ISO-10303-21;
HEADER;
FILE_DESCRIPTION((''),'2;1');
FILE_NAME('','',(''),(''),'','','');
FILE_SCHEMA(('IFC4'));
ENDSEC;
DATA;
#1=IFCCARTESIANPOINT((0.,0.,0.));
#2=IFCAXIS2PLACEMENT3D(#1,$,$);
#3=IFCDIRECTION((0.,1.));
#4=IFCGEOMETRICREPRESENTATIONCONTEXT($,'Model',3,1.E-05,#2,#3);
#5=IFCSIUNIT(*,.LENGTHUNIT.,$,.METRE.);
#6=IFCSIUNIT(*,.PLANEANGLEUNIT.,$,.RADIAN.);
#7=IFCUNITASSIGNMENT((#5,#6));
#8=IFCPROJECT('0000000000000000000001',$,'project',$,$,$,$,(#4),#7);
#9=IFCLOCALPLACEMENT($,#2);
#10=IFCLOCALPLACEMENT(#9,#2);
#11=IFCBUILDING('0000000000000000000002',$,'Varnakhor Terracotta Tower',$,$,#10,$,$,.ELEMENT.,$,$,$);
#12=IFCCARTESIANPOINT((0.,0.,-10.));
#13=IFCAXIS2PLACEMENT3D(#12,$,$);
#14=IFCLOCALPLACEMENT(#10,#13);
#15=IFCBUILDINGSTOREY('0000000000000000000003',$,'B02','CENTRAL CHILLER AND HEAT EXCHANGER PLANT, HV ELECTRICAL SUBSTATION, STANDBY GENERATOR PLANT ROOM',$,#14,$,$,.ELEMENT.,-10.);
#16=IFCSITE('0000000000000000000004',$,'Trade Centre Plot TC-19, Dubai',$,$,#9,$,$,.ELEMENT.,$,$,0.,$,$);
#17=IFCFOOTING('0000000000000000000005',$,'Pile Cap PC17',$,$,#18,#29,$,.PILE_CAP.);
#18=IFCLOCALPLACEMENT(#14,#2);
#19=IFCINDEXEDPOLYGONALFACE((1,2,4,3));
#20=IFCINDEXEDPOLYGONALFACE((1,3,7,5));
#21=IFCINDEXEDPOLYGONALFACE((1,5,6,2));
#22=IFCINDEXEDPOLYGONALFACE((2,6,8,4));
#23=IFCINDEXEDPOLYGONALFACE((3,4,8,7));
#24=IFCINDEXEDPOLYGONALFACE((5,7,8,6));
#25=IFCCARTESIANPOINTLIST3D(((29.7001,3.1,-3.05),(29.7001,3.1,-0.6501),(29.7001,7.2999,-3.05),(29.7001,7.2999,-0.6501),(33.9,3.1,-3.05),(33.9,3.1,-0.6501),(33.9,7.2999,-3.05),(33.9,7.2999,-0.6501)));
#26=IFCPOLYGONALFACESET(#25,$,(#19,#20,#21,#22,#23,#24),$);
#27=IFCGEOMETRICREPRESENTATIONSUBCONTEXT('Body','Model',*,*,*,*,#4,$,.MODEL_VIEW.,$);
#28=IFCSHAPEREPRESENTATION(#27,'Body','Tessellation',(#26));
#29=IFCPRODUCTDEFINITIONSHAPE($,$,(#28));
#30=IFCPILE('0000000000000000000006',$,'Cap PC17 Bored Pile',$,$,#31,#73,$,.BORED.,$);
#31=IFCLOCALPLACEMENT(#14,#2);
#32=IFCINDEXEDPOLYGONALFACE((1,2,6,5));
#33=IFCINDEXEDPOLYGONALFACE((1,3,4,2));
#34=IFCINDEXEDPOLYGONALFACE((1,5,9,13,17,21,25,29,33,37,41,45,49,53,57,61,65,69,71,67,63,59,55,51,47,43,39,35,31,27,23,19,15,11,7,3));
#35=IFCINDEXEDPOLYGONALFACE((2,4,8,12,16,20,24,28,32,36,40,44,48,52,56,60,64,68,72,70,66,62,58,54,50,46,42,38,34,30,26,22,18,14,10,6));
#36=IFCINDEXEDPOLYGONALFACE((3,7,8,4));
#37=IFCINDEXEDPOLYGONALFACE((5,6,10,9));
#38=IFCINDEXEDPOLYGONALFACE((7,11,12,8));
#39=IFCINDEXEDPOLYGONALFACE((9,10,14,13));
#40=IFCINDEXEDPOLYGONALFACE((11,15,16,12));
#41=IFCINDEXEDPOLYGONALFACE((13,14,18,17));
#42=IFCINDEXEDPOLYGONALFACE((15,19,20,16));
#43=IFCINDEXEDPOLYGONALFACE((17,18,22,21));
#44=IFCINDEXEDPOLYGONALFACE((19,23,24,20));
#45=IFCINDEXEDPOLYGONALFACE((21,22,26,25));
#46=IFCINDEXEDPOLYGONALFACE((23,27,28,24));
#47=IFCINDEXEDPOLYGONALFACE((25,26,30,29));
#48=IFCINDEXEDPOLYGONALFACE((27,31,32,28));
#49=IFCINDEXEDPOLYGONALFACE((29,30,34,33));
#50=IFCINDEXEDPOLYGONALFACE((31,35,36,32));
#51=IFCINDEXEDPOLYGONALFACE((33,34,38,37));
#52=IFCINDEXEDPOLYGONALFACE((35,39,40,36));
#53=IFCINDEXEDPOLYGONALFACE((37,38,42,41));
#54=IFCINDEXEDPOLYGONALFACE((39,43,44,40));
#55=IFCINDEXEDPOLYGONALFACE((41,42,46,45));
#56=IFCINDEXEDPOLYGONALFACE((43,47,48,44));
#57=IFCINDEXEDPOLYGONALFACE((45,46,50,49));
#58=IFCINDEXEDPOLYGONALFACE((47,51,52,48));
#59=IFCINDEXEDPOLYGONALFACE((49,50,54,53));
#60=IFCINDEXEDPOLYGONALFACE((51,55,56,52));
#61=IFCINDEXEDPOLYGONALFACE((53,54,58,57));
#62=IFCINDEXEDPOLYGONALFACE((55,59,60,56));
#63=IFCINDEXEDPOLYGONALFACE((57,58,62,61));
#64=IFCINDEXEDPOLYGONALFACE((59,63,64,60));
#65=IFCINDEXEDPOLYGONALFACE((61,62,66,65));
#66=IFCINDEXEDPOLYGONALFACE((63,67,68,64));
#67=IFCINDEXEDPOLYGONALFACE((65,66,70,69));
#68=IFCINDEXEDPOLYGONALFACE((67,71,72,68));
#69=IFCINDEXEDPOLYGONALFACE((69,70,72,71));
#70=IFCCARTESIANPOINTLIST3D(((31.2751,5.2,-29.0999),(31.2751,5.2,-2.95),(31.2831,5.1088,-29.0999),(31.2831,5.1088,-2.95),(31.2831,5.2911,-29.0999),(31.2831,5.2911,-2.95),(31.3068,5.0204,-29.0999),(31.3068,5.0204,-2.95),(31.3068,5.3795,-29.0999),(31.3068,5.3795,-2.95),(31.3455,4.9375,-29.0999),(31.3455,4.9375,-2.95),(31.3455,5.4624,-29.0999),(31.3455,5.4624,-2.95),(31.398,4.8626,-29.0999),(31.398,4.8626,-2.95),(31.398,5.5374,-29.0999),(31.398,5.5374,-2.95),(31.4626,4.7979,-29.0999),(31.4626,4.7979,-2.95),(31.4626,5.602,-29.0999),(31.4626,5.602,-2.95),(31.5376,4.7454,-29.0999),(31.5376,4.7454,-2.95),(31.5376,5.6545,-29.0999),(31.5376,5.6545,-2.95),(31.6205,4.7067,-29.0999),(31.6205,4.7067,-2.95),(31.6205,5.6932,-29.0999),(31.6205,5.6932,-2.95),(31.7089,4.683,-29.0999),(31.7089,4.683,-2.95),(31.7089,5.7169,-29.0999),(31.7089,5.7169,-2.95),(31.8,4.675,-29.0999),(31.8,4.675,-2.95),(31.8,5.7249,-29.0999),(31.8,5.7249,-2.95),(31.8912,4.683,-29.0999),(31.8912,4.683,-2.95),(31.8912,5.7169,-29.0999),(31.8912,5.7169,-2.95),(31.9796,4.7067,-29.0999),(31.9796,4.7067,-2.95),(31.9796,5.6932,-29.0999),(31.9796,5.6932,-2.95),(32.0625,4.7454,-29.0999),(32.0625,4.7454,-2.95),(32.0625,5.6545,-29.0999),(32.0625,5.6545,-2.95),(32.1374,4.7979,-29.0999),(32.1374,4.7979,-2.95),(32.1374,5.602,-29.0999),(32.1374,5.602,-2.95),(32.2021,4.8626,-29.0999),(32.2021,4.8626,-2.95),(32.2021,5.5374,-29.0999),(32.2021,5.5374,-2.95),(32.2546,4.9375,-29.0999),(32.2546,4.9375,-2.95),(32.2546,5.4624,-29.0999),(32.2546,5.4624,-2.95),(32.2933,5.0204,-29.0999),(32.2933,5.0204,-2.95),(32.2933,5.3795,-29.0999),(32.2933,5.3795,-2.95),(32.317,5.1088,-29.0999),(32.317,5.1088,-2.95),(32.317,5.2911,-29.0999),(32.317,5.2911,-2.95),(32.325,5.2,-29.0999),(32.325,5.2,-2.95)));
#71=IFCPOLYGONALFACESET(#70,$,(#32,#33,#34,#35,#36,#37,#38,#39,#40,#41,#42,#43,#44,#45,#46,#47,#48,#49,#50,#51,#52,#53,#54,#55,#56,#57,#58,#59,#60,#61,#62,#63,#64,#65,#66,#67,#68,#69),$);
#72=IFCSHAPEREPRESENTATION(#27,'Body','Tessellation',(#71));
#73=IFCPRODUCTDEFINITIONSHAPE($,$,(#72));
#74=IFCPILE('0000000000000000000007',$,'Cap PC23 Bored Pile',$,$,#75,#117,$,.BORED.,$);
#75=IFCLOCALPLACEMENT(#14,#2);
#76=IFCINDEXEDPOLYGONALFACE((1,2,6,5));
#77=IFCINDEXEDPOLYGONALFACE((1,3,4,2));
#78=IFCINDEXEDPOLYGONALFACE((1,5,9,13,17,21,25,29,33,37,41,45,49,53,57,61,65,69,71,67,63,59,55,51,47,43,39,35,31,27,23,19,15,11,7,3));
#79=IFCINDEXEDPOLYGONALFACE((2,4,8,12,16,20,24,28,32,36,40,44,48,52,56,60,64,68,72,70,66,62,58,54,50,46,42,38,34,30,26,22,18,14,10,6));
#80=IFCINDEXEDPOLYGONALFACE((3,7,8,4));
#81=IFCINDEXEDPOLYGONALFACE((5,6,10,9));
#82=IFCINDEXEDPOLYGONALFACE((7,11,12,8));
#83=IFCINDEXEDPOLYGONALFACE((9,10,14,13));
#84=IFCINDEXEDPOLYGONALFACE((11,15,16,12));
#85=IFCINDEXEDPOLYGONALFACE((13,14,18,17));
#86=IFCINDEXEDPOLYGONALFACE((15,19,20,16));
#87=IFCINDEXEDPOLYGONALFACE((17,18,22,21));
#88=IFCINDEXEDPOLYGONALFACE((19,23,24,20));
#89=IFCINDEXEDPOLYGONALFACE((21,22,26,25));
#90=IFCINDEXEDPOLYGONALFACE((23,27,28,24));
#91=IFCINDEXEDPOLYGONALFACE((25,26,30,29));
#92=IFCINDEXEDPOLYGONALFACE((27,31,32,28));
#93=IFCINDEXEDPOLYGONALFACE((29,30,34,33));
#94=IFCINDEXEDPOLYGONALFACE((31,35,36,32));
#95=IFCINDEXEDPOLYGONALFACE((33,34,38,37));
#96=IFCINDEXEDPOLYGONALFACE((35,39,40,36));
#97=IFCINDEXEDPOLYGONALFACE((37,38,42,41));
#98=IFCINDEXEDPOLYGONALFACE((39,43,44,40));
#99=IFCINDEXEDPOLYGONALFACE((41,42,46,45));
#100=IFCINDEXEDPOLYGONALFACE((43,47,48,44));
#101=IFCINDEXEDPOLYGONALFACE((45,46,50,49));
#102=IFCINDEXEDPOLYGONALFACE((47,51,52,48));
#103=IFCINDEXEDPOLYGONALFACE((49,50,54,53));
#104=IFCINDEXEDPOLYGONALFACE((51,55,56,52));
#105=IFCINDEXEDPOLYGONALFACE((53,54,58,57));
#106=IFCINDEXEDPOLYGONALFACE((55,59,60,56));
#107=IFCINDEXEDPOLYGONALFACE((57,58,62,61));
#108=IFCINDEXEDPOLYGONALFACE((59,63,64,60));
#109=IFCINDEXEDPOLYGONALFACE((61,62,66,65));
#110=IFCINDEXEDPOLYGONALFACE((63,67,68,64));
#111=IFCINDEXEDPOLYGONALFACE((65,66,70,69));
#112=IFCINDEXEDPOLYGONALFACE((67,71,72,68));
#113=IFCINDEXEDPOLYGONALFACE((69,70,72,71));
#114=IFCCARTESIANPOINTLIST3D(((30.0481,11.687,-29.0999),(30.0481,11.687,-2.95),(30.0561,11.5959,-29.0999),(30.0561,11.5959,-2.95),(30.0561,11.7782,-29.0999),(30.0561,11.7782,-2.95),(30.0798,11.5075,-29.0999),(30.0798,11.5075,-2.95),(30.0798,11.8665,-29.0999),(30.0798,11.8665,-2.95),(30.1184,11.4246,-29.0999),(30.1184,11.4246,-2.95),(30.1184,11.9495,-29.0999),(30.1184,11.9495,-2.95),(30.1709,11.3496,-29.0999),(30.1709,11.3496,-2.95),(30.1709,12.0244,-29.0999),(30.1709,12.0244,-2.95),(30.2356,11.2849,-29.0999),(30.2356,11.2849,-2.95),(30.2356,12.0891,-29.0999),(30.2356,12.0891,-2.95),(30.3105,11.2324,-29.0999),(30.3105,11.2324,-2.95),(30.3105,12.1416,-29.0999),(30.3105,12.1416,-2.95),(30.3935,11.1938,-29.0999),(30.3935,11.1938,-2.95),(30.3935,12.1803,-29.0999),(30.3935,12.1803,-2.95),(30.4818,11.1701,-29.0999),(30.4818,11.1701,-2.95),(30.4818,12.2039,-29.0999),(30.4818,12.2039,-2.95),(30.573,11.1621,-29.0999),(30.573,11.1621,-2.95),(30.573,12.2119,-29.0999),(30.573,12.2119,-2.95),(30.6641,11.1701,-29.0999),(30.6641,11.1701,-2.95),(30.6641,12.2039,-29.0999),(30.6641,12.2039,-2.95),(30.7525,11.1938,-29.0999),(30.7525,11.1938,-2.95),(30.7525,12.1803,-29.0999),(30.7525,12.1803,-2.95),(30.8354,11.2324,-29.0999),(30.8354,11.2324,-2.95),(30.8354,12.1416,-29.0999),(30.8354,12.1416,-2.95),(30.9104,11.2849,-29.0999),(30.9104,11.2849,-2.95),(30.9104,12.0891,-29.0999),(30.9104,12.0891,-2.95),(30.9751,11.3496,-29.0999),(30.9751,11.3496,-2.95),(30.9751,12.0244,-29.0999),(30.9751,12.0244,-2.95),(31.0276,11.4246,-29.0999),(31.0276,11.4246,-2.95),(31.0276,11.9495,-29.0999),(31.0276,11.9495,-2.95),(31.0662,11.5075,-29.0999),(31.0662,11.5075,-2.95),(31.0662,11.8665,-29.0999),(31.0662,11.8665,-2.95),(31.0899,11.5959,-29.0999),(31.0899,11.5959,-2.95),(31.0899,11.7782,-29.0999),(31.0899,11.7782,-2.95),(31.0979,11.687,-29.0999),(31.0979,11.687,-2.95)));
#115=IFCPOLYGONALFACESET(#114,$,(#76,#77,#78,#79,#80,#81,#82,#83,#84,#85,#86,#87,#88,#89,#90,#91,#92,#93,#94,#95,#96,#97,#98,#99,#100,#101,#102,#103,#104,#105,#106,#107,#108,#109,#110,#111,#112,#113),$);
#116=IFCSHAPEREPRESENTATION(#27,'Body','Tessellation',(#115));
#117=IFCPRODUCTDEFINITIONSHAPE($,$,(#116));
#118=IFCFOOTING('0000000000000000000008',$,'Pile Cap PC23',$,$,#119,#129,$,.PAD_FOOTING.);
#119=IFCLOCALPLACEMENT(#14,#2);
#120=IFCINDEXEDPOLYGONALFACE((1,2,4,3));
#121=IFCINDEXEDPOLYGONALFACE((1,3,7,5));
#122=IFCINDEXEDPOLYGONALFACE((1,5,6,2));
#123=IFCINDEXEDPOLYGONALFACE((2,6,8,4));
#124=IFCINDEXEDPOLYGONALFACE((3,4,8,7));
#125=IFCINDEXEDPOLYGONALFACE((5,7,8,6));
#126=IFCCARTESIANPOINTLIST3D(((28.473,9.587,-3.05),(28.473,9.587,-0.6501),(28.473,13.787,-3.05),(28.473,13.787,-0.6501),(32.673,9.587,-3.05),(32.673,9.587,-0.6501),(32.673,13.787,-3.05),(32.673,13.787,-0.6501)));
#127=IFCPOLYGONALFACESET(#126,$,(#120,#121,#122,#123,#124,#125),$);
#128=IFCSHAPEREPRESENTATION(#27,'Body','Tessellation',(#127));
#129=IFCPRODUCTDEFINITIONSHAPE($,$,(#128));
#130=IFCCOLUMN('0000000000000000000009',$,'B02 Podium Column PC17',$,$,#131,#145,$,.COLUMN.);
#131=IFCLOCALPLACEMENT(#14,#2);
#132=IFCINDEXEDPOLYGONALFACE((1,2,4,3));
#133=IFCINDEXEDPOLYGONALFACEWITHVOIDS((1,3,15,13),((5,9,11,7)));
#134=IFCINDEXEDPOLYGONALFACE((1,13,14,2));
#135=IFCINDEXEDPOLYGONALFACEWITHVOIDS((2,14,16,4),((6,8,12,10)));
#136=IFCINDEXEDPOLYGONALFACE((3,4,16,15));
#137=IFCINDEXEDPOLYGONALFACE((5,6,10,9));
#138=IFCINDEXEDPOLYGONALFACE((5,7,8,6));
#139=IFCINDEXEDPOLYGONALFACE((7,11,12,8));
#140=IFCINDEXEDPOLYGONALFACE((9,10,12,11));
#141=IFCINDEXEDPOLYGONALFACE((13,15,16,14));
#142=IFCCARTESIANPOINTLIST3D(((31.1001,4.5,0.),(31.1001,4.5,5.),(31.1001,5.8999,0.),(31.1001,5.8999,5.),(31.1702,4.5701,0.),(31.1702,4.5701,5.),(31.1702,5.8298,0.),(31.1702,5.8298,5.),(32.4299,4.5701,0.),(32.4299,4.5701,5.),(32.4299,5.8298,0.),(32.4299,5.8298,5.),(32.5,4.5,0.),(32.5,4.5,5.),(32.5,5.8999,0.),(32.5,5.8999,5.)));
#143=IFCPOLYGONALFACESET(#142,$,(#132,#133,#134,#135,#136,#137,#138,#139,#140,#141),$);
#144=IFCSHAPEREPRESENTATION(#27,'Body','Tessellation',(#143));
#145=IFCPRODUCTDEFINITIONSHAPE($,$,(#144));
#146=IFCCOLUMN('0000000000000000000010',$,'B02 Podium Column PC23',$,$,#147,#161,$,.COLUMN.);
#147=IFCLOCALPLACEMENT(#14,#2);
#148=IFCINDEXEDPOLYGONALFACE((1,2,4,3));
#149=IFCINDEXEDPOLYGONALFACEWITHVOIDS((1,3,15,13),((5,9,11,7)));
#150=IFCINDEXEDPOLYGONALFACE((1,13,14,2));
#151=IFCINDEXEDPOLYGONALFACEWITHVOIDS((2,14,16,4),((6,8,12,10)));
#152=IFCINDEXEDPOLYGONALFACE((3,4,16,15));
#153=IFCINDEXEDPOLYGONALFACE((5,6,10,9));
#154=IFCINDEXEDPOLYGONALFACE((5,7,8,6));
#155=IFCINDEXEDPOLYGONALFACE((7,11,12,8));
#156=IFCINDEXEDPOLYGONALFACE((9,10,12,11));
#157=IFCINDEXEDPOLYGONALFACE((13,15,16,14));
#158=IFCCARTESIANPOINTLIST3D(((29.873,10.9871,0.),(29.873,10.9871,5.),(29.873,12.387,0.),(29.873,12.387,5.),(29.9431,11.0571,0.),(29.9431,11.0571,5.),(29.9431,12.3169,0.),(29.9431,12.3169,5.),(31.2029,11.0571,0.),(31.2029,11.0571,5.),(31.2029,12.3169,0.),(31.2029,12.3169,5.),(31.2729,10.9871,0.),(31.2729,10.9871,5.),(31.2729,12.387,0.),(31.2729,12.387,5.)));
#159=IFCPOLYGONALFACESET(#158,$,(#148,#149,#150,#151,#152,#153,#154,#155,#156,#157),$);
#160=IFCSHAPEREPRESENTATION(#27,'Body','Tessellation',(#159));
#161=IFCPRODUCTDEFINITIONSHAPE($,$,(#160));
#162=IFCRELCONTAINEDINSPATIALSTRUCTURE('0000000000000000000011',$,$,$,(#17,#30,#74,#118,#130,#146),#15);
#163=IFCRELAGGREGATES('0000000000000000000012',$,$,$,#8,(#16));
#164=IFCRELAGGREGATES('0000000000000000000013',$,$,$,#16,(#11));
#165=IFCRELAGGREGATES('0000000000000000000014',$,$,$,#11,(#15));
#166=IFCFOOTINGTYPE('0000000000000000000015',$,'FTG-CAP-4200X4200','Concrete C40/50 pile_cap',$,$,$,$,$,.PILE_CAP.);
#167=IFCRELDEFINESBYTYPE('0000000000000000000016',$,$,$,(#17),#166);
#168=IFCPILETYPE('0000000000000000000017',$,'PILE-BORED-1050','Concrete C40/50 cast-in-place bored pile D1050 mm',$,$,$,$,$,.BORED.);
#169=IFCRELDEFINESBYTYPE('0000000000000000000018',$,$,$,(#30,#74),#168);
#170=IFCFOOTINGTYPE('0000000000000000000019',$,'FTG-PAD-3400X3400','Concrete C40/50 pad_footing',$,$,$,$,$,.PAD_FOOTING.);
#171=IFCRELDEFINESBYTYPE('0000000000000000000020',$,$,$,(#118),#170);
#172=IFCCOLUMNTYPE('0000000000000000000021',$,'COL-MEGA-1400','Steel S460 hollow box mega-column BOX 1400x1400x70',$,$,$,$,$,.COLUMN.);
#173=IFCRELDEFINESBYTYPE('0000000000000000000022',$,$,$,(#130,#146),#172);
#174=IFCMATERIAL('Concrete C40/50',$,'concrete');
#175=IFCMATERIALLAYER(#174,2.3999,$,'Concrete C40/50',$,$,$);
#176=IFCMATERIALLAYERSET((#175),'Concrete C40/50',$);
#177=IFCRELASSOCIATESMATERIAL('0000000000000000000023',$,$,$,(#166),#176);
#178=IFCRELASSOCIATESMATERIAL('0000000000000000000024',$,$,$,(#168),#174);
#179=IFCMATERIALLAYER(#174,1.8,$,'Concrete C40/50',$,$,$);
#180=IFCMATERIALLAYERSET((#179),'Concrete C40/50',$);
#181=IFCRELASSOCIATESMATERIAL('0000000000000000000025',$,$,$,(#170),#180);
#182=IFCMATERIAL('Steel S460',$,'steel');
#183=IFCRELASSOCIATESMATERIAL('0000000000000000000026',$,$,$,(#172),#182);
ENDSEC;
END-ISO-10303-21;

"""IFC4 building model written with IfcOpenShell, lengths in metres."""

from ifc_helpers import new_model, si_unit, direction, frame, origin, origin_2d, place, context, subcontext, project, spatial, rectangle, hollow_rectangle, circle, extrude, source, transform, mapped, material, layer, layer_set, material_profile, profile_set, type_object, type_shapes, element, save


model = new_model("IFC4")

# Units and contexts
model_context = context("Model", 3, precision=1e-05, world=origin(), true_north=direction((0.0, 1.0)))
body_context = subcontext(model_context, "Body", "Model", "MODEL_VIEW")
ifc_project = project(units=[si_unit("LENGTHUNIT", "METRE"), si_unit("PLANEANGLEUNIT", "RADIAN")], contexts=[model_context])

# Site, building, storey
site_placement = place(None, origin())
site = spatial("IfcSite", under=ifc_project, at=site_placement, Name="Trade Centre Plot TC-19, Dubai", CompositionType="ELEMENT", RefElevation=0.0)
building_placement = place(site_placement, origin())
building = spatial("IfcBuilding", under=site, at=building_placement, Name="Varnakhor Terracotta Tower", CompositionType="ELEMENT")
storey_placement = place(building_placement, frame((0.0, 0.0, -10.0)))
storey = spatial("IfcBuildingStorey", under=building, at=storey_placement, Name="B02", Description="CENTRAL CHILLER AND HEAT EXCHANGER PLANT, HV ELECTRICAL SUBSTATION, STANDBY GENERATOR PLANT ROOM", CompositionType="ELEMENT", Elevation=-10.0)

# Footing
ifc_material_1 = material(Name="Concrete C40/50", Category="concrete")
ifc_layer_1 = layer(ifc_material_1, 2.3999, Name="Concrete C40/50")
ifc_layer_set_1 = layer_set([ifc_layer_1], Name="Concrete C40/50")
footing_type_1 = type_object("IfcFootingType", Name="FTG-CAP-4200X4200", Description="Concrete C40/50 pile_cap", PredefinedType="PILE_CAP", material=ifc_layer_set_1)
shared_shape_1 = source(origin(), body_context, "Body", "SweptSolid", [
    extrude(rectangle(XDim=4.2, YDim=4.2, at=origin_2d()), origin(), (0.0, 0.0, 1.0), 2.3999),
])
type_shapes(footing_type_1, [shared_shape_1])
footing_1_placement = place(storey_placement, frame((31.8, 5.2, -3.05), z_axis=(0.0, 0.0, 1.0), x_axis=(1.0, 0.0, 0.0)))
element("IfcFooting", 1, at=footing_1_placement, inside=storey, type_object=footing_type_1, Name="Pile Cap PC17", PredefinedType="PILE_CAP", context=body_context, shape_type="MappedRepresentation", body=[
    mapped(shared_shape_1, transform((0.0, 0.0, 0.0), scale=1.0)),
])

# Piles
ifc_material_profile_1 = material_profile(ifc_material_1, circle(Radius=0.5249, at=origin_2d()), Name="BORED PILE D1050")
ifc_profile_set_1 = profile_set([ifc_material_profile_1], Name="Concrete C40/50")
pile_type = type_object("IfcPileType", Name="PILE-BORED-1050", Description="Concrete C40/50 cast-in-place bored pile D1050 mm", PredefinedType="BORED", material=ifc_profile_set_1)
shared_shape_2 = source(origin(), body_context, "Body", "SweptSolid", [
    extrude(circle(Radius=0.5249, at=origin_2d()), origin(), (0.0, 0.0, 1.0), 26.1499),
])
type_shapes(pile_type, [shared_shape_2])
for number, where, z_axis, x_axis, name in (
    (2, (31.8, 5.2, -2.95), (0.0, 0.0, -1.0), (1.0, 0.0, 0.0), "Cap PC17 Bored Pile"),
    (3, (30.573, 11.687, -2.95), (0.0, 0.0, -1.0), (1.0, 0.0, 0.0), "Cap PC23 Bored Pile"),
):
    element("IfcPile", number, at=place(storey_placement, frame(where, z_axis=z_axis, x_axis=x_axis)), inside=storey, type_object=pile_type, Name=name, PredefinedType="BORED", context=body_context, shape_type="MappedRepresentation", body=[
        mapped(shared_shape_2, transform((0.0, 0.0, 0.0), scale=1.0)),
    ])

# Footing
ifc_layer_2 = layer(ifc_material_1, 1.8, Name="Concrete C40/50")
ifc_layer_set_2 = layer_set([ifc_layer_2], Name="Concrete C40/50")
footing_type_2 = type_object("IfcFootingType", Name="FTG-PAD-3400X3400", Description="Concrete C40/50 pad_footing", PredefinedType="PAD_FOOTING", material=ifc_layer_set_2)
shared_shape_3 = source(origin(), body_context, "Body", "SweptSolid", [
    extrude(rectangle(XDim=4.2, YDim=4.2, at=origin_2d()), origin(), (0.0, 0.0, 1.0), 2.3999),
])
type_shapes(footing_type_2, [shared_shape_3])
footing_2_placement = place(storey_placement, frame((30.573, 11.687, -3.05), z_axis=(0.0, 0.0, 1.0), x_axis=(1.0, 0.0, 0.0)))
element("IfcFooting", 4, at=footing_2_placement, inside=storey, type_object=footing_type_2, Name="Pile Cap PC23", PredefinedType="PAD_FOOTING", context=body_context, shape_type="MappedRepresentation", body=[
    mapped(shared_shape_3, transform((0.0, 0.0, 0.0), scale=1.0)),
])

# Columns
ifc_material_2 = material(Name="Steel S460", Category="steel")
ifc_material_profile_2 = material_profile(ifc_material_2, hollow_rectangle(XDim=1.3999, YDim=1.3999, WallThickness=0.0701, at=origin_2d()), Name="BOX 1400x1400x70")
ifc_profile_set_2 = profile_set([ifc_material_profile_2], Name="Steel S460")
column_type = type_object("IfcColumnType", Name="COL-MEGA-1400", Description="Steel S460 hollow box mega-column BOX 1400x1400x70", PredefinedType="COLUMN", material=ifc_profile_set_2)
shared_shape_4 = source(origin(), body_context, "Body", "SweptSolid", [
    extrude(hollow_rectangle(XDim=1.3999, YDim=1.3999, WallThickness=0.0701, at=origin_2d()), origin(), (0.0, 0.0, 1.0), 5.0),
])
type_shapes(column_type, [shared_shape_4])
for number, where, z_axis, x_axis, name in (
    (5, (31.8, 5.2, 0.0), (0.0, 0.0, 1.0), (1.0, 0.0, 0.0), "B02 Podium Column PC17"),
    (6, (30.573, 11.687, 0.0), (0.0, 0.0, 1.0), (1.0, 0.0, 0.0), "B02 Podium Column PC23"),
):
    element("IfcColumn", number, at=place(storey_placement, frame(where, z_axis=z_axis, x_axis=x_axis)), inside=storey, type_object=column_type, Name=name, PredefinedType="COLUMN", context=body_context, shape_type="MappedRepresentation", body=[
        mapped(shared_shape_4, transform((0.0, 0.0, 0.0), scale=1.0)),
    ])

save(model, "model.ifc")
